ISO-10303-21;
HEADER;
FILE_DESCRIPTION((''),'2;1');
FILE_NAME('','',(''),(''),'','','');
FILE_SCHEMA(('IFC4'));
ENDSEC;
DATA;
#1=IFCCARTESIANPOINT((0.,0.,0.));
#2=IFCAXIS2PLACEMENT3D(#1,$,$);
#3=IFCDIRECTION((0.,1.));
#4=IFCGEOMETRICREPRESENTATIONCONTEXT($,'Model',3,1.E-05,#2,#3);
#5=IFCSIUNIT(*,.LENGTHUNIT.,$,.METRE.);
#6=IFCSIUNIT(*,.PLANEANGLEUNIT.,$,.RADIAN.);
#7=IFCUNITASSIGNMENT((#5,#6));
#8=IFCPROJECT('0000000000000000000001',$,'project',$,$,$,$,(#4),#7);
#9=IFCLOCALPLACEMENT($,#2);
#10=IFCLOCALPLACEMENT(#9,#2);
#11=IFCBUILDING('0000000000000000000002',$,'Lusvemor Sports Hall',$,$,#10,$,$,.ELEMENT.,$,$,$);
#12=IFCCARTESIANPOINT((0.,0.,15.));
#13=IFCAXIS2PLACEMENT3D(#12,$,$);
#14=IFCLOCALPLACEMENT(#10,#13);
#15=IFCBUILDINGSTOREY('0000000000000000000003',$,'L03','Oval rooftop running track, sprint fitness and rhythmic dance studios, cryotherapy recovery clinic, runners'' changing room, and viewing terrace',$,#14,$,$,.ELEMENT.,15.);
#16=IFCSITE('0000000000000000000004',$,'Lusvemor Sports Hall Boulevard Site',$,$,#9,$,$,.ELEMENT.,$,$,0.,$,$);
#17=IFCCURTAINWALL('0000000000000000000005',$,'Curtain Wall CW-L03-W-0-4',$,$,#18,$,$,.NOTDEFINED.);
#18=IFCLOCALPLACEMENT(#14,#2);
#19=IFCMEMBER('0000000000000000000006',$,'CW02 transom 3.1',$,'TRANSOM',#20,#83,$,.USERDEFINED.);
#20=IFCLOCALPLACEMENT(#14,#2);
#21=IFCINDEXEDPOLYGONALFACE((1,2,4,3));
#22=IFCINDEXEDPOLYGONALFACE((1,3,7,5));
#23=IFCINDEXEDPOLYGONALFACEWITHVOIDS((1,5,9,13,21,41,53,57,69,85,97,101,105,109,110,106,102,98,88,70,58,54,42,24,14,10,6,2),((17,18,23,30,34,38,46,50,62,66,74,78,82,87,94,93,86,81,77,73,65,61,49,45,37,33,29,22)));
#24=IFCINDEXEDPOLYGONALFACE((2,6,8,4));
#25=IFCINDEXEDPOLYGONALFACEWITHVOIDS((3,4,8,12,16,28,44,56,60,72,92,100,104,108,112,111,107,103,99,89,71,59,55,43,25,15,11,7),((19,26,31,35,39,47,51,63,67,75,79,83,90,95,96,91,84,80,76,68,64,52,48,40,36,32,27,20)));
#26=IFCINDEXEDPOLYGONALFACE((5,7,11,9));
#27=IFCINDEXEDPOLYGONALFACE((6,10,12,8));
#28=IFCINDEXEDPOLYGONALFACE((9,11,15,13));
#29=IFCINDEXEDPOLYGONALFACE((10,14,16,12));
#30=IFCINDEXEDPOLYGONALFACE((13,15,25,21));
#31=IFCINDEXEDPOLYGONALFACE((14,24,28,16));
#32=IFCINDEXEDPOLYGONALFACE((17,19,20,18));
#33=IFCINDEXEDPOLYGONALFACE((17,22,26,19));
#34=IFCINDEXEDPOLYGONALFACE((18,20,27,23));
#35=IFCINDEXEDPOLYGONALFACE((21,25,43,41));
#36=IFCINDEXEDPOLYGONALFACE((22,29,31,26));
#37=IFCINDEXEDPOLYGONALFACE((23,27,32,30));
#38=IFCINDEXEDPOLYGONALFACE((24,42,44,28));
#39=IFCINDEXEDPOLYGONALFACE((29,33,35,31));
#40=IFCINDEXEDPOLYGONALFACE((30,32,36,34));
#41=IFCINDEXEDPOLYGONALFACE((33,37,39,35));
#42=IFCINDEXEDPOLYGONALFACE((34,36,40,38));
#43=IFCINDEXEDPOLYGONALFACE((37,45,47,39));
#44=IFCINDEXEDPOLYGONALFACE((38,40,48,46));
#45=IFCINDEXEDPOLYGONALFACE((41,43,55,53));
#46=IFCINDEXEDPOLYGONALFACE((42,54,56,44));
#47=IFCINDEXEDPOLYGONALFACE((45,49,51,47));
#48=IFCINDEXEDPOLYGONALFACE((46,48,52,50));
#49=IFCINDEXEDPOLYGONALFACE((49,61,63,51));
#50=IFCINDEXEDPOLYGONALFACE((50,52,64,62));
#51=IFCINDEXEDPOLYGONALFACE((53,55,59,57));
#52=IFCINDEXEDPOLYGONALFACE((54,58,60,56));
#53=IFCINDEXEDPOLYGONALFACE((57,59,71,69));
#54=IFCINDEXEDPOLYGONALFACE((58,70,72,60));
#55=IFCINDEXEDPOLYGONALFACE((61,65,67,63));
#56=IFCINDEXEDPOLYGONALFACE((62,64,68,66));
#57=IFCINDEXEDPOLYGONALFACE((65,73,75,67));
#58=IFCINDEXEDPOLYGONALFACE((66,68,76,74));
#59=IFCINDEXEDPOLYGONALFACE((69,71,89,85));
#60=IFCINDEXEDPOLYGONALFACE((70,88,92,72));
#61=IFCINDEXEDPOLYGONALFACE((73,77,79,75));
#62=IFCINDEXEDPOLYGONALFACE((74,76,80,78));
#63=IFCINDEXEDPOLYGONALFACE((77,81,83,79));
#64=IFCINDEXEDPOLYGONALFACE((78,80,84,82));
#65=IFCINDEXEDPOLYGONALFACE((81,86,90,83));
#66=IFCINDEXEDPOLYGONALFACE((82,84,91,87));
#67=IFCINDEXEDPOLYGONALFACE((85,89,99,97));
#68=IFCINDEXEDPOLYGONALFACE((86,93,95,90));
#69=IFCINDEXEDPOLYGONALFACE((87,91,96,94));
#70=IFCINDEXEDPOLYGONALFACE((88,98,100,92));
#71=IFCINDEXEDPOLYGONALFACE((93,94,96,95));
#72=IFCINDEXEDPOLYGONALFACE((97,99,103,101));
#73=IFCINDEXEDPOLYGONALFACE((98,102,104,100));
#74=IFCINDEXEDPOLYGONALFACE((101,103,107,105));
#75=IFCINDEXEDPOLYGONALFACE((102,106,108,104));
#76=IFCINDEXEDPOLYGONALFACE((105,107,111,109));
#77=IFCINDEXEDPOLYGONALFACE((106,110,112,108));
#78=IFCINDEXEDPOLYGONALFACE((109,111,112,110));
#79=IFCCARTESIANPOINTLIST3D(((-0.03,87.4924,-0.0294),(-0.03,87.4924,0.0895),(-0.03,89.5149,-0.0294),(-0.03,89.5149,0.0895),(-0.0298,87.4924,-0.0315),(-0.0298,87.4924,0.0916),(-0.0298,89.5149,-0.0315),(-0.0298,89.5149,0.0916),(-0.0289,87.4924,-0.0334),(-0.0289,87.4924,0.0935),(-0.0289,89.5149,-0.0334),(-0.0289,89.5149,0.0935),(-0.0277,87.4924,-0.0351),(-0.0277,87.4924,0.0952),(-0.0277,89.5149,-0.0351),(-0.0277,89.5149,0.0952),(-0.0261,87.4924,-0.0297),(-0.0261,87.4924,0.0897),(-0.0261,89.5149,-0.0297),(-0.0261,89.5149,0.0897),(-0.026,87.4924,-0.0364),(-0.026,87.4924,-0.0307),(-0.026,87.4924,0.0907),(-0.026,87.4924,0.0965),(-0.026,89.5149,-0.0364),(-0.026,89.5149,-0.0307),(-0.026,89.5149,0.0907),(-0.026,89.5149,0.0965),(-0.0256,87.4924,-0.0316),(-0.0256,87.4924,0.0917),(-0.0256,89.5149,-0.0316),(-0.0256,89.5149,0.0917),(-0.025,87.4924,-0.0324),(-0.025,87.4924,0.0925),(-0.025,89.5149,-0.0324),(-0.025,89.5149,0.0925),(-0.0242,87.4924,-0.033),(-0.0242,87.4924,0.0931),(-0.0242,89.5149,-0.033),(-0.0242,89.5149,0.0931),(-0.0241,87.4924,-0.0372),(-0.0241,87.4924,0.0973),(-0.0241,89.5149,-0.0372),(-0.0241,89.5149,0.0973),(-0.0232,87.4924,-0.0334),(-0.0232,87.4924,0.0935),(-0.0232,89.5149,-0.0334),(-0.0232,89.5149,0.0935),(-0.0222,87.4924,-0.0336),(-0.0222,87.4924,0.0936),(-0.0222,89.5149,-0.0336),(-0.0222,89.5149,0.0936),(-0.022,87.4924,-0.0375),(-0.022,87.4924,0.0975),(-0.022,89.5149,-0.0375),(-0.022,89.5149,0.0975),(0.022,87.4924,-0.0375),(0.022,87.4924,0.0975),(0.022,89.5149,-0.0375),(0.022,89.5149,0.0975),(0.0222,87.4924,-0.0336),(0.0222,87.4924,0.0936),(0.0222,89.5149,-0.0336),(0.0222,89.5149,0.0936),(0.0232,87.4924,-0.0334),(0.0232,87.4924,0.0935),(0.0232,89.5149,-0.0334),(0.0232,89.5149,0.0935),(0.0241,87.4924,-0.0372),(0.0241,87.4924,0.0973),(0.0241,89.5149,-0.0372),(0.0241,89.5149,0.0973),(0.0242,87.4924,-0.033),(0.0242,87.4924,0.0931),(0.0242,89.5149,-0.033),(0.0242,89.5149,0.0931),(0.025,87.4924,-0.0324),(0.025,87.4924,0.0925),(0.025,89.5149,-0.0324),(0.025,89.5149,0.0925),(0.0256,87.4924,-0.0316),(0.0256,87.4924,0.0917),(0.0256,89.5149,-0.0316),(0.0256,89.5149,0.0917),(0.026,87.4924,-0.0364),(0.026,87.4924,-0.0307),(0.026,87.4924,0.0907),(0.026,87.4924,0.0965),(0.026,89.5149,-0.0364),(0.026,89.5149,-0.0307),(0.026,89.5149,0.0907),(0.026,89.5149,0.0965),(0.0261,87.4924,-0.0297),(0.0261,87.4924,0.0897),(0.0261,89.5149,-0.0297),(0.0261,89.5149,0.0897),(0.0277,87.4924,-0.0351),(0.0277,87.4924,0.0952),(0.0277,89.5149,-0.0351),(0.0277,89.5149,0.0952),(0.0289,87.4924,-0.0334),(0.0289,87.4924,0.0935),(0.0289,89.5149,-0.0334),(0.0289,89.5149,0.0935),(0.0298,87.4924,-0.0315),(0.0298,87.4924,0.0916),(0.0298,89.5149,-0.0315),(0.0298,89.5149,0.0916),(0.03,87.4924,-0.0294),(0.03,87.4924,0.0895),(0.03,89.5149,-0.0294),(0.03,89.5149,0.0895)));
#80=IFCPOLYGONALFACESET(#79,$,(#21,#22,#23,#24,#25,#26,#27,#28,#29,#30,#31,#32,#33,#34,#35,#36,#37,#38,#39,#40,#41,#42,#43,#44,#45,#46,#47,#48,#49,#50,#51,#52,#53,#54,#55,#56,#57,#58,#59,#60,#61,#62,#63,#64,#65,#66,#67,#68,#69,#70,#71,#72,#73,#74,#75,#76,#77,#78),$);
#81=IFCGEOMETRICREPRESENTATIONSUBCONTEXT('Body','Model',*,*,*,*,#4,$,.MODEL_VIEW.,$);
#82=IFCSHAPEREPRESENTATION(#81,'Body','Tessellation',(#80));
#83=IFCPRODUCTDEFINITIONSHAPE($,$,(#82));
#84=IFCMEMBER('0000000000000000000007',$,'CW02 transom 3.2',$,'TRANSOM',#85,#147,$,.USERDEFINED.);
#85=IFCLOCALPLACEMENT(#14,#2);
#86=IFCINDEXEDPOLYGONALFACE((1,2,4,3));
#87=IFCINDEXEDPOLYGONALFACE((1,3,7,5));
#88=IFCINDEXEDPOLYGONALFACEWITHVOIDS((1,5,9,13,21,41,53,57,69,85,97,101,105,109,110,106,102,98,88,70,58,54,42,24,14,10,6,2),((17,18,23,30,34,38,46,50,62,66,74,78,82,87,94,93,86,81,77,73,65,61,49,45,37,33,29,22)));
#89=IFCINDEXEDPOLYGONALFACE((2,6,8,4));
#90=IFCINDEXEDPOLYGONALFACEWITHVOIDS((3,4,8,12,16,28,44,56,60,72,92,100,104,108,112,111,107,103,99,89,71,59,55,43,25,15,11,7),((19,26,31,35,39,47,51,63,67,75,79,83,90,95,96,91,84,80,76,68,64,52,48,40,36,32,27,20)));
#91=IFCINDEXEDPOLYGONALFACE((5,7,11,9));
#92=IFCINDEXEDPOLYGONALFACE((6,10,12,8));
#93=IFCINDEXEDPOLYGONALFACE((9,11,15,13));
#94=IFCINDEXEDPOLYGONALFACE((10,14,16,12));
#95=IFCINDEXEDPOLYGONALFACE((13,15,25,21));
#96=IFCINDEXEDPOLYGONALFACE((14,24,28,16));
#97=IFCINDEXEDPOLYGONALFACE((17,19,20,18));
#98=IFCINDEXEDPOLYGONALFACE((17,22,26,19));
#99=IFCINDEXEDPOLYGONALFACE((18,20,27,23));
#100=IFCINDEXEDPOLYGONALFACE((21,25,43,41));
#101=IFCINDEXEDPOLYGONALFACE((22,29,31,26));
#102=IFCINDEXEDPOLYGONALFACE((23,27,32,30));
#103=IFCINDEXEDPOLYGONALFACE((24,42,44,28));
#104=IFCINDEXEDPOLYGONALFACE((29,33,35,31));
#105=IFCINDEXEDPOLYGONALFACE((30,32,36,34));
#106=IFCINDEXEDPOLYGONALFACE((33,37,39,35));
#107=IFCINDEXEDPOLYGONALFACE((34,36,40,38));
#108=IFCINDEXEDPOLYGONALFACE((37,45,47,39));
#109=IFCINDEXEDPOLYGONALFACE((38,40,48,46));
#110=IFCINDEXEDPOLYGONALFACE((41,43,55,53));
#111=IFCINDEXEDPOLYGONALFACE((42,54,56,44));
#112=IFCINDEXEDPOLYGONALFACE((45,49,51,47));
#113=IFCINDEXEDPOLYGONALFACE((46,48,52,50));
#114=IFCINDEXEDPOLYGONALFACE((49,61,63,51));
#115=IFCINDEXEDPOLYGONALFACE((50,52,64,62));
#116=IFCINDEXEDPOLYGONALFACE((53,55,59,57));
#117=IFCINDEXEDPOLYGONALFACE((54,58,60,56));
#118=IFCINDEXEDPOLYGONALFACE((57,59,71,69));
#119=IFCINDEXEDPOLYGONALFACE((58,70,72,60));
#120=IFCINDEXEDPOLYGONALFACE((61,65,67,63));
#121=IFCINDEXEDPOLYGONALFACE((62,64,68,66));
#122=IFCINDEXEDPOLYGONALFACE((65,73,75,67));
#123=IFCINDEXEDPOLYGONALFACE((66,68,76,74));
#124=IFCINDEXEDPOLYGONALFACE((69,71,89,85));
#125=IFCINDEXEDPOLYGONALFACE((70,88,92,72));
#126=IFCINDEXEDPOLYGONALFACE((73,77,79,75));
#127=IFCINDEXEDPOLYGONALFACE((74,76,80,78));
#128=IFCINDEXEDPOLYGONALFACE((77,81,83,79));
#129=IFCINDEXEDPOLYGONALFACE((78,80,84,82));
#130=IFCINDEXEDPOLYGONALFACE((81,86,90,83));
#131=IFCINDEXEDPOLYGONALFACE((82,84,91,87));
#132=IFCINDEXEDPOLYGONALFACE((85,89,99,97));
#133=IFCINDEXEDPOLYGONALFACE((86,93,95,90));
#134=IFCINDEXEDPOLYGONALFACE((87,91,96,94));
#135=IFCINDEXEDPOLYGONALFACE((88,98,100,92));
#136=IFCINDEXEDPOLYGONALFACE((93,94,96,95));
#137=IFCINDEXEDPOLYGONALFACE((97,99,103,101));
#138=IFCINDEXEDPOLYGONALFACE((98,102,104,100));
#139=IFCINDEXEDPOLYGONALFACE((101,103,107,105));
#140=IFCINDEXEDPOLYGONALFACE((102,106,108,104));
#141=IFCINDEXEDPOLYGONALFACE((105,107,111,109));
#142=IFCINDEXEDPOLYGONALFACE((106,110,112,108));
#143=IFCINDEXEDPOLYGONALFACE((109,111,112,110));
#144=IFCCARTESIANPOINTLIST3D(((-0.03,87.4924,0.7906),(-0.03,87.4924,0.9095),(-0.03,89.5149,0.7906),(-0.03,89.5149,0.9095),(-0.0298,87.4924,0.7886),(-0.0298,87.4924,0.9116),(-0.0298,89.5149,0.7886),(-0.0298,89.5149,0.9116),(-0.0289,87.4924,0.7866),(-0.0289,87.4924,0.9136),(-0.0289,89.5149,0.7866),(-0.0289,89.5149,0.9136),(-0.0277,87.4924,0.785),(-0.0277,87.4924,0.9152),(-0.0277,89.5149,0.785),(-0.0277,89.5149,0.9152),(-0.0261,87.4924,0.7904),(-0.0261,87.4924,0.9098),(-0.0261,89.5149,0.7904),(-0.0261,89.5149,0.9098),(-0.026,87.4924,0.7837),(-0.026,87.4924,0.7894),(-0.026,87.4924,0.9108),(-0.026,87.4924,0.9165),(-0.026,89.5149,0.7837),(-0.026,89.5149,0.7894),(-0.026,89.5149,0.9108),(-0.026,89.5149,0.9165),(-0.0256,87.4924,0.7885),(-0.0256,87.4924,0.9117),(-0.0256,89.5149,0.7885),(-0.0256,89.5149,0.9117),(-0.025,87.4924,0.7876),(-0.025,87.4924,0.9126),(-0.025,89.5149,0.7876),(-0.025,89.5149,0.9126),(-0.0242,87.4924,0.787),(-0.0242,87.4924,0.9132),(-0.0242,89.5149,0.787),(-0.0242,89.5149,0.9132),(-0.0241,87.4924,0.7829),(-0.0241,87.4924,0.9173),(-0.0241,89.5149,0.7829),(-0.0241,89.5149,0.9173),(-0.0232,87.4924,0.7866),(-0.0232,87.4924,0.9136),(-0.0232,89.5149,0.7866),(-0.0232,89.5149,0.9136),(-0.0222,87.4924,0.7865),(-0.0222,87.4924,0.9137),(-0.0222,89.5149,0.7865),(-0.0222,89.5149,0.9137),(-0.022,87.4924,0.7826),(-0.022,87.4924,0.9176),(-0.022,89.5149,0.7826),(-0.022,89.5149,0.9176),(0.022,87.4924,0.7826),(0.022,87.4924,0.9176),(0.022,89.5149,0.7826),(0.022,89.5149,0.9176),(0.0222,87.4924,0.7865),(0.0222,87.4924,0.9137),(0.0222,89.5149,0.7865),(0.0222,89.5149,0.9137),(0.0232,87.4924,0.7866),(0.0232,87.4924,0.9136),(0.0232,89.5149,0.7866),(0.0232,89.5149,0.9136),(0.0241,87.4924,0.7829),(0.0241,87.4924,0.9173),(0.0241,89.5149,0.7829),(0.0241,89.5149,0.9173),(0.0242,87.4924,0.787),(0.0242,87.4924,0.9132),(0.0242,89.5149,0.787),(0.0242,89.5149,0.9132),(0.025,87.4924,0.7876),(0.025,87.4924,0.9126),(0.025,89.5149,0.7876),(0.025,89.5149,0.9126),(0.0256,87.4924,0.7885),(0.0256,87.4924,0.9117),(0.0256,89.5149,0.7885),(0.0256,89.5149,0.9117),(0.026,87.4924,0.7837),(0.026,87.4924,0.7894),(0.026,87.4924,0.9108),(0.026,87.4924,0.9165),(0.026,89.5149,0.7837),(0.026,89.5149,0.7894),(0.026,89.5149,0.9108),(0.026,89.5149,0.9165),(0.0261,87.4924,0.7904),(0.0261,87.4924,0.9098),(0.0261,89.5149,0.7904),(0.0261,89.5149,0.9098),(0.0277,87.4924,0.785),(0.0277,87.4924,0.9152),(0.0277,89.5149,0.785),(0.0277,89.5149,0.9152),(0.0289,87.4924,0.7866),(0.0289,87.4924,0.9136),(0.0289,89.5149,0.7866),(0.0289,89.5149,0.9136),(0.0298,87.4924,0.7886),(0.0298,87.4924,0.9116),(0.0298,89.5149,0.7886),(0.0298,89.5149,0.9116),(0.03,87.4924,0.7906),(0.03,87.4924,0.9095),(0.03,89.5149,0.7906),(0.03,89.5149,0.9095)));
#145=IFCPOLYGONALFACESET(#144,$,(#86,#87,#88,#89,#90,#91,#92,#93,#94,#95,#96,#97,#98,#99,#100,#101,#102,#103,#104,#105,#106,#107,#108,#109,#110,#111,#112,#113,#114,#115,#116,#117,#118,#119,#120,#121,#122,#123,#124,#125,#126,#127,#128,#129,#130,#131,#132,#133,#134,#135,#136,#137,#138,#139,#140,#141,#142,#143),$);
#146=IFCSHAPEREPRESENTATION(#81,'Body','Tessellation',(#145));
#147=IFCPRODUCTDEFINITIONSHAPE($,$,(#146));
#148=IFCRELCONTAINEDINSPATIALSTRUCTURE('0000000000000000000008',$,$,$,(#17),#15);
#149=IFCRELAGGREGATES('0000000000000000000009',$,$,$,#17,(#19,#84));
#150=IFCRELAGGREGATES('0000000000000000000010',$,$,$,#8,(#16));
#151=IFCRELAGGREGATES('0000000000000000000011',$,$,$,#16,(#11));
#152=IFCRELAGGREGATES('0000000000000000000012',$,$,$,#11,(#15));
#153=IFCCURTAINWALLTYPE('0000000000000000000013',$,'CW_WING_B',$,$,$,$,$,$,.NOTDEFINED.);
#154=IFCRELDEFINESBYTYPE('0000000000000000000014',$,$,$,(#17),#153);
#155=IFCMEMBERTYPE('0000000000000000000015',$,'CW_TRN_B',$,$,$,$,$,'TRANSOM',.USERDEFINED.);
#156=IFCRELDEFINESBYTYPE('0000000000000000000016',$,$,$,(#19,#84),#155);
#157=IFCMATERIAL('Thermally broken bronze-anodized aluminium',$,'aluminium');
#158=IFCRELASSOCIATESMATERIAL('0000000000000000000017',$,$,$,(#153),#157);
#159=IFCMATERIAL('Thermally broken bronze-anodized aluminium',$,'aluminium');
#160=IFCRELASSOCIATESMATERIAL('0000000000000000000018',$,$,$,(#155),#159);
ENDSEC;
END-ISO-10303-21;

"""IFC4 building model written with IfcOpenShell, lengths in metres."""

from ifc_helpers import new_model, si_unit, direction, frame, origin, origin_2d, place, context, subcontext, project, spatial, hollow_rectangle, extrude, material, material_profile, profile_set, type_object, element, aggregate, save


model = new_model("IFC4")

# Units and contexts
model_context = context("Model", 3, precision=1e-05, world=origin(), true_north=direction((0.0, 1.0)))
body_context = subcontext(model_context, "Body", "Model", "MODEL_VIEW")
ifc_project = project(units=[si_unit("LENGTHUNIT", "METRE"), si_unit("PLANEANGLEUNIT", "RADIAN")], contexts=[model_context])

# Site, building, storey
site_placement = place(None, origin())
site = spatial("IfcSite", under=ifc_project, at=site_placement, Name="Lusvemor Sports Hall Boulevard Site", CompositionType="ELEMENT", RefElevation=0.0)
building_placement = place(site_placement, origin())
building = spatial("IfcBuilding", under=site, at=building_placement, Name="Lusvemor Sports Hall", CompositionType="ELEMENT")
storey_placement = place(building_placement, frame((0.0, 0.0, 15.0)))
storey = spatial("IfcBuildingStorey", under=building, at=storey_placement, Name="L03", Description="Oval rooftop running track, sprint fitness and rhythmic dance studios, cryotherapy recovery clinic, runners' changing room, and viewing terrace", CompositionType="ELEMENT", Elevation=15.0)

# Curtain wall
ifc_material_1 = material(Name="Thermally broken bronze-anodized aluminium", Category="aluminium")
curtain_wall_type_1 = type_object("IfcCurtainWallType", Name="CW_WING_B", PredefinedType="NOTDEFINED", material=ifc_material_1)
curtain_wall_1_placement = place(storey_placement, origin())
curtain_wall_1 = element("IfcCurtainWall", 1, at=curtain_wall_1_placement, inside=storey, type_object=curtain_wall_type_1, Name="Curtain Wall CW-L03-W-0-4", PredefinedType="NOTDEFINED")

# Members
ifc_material_2 = material(Name="Thermally broken bronze-anodized aluminium", Category="aluminium")
ifc_material_profile_1 = material_profile(ifc_material_2, hollow_rectangle(XDim=0.0601, YDim=0.135, WallThickness=0.0039, InnerFilletRadius=0.0039, OuterFilletRadius=0.0081, at=origin_2d()), Name="CWTRN135x60x4")
ifc_profile_set_1 = profile_set([ifc_material_profile_1], Name="Thermally broken bronze-anodized aluminium")
member_type_1 = type_object("IfcMemberType", Name="CW_TRN_B", ElementType="TRANSOM", PredefinedType="USERDEFINED", material=ifc_profile_set_1)
member_1_placement = place(storey_placement, frame((0.0, 87.4924, 0.03), z_axis=(0.0, 1.0, 0.0), x_axis=(-1.0, 0.0, 0.0)))
member_1 = element("IfcMember", 2, at=member_1_placement, type_object=member_type_1, Name="CW02 transom 3.1", ObjectType="TRANSOM", PredefinedType="USERDEFINED", context=body_context, shape_type="SweptSolid", body=[
    extrude(hollow_rectangle(XDim=0.0601, YDim=0.135, WallThickness=0.0039, InnerFilletRadius=0.0039, OuterFilletRadius=0.0081, at=origin_2d()), origin(), (0.0, 0.0, 1.0), 2.0225),
])
member_2_placement = place(storey_placement, frame((0.0, 87.4924, 0.8501), z_axis=(0.0, 1.0, 0.0), x_axis=(-1.0, 0.0, 0.0)))
member_2 = element("IfcMember", 3, at=member_2_placement, type_object=member_type_1, Name="CW02 transom 3.2", ObjectType="TRANSOM", PredefinedType="USERDEFINED", context=body_context, shape_type="SweptSolid", body=[
    extrude(hollow_rectangle(XDim=0.0601, YDim=0.135, WallThickness=0.0039, InnerFilletRadius=0.0039, OuterFilletRadius=0.0081, at=origin_2d()), origin(), (0.0, 0.0, 1.0), 2.0225),
])

aggregate(curtain_wall_1, [member_1, member_2])

save(model, "model.ifc")
